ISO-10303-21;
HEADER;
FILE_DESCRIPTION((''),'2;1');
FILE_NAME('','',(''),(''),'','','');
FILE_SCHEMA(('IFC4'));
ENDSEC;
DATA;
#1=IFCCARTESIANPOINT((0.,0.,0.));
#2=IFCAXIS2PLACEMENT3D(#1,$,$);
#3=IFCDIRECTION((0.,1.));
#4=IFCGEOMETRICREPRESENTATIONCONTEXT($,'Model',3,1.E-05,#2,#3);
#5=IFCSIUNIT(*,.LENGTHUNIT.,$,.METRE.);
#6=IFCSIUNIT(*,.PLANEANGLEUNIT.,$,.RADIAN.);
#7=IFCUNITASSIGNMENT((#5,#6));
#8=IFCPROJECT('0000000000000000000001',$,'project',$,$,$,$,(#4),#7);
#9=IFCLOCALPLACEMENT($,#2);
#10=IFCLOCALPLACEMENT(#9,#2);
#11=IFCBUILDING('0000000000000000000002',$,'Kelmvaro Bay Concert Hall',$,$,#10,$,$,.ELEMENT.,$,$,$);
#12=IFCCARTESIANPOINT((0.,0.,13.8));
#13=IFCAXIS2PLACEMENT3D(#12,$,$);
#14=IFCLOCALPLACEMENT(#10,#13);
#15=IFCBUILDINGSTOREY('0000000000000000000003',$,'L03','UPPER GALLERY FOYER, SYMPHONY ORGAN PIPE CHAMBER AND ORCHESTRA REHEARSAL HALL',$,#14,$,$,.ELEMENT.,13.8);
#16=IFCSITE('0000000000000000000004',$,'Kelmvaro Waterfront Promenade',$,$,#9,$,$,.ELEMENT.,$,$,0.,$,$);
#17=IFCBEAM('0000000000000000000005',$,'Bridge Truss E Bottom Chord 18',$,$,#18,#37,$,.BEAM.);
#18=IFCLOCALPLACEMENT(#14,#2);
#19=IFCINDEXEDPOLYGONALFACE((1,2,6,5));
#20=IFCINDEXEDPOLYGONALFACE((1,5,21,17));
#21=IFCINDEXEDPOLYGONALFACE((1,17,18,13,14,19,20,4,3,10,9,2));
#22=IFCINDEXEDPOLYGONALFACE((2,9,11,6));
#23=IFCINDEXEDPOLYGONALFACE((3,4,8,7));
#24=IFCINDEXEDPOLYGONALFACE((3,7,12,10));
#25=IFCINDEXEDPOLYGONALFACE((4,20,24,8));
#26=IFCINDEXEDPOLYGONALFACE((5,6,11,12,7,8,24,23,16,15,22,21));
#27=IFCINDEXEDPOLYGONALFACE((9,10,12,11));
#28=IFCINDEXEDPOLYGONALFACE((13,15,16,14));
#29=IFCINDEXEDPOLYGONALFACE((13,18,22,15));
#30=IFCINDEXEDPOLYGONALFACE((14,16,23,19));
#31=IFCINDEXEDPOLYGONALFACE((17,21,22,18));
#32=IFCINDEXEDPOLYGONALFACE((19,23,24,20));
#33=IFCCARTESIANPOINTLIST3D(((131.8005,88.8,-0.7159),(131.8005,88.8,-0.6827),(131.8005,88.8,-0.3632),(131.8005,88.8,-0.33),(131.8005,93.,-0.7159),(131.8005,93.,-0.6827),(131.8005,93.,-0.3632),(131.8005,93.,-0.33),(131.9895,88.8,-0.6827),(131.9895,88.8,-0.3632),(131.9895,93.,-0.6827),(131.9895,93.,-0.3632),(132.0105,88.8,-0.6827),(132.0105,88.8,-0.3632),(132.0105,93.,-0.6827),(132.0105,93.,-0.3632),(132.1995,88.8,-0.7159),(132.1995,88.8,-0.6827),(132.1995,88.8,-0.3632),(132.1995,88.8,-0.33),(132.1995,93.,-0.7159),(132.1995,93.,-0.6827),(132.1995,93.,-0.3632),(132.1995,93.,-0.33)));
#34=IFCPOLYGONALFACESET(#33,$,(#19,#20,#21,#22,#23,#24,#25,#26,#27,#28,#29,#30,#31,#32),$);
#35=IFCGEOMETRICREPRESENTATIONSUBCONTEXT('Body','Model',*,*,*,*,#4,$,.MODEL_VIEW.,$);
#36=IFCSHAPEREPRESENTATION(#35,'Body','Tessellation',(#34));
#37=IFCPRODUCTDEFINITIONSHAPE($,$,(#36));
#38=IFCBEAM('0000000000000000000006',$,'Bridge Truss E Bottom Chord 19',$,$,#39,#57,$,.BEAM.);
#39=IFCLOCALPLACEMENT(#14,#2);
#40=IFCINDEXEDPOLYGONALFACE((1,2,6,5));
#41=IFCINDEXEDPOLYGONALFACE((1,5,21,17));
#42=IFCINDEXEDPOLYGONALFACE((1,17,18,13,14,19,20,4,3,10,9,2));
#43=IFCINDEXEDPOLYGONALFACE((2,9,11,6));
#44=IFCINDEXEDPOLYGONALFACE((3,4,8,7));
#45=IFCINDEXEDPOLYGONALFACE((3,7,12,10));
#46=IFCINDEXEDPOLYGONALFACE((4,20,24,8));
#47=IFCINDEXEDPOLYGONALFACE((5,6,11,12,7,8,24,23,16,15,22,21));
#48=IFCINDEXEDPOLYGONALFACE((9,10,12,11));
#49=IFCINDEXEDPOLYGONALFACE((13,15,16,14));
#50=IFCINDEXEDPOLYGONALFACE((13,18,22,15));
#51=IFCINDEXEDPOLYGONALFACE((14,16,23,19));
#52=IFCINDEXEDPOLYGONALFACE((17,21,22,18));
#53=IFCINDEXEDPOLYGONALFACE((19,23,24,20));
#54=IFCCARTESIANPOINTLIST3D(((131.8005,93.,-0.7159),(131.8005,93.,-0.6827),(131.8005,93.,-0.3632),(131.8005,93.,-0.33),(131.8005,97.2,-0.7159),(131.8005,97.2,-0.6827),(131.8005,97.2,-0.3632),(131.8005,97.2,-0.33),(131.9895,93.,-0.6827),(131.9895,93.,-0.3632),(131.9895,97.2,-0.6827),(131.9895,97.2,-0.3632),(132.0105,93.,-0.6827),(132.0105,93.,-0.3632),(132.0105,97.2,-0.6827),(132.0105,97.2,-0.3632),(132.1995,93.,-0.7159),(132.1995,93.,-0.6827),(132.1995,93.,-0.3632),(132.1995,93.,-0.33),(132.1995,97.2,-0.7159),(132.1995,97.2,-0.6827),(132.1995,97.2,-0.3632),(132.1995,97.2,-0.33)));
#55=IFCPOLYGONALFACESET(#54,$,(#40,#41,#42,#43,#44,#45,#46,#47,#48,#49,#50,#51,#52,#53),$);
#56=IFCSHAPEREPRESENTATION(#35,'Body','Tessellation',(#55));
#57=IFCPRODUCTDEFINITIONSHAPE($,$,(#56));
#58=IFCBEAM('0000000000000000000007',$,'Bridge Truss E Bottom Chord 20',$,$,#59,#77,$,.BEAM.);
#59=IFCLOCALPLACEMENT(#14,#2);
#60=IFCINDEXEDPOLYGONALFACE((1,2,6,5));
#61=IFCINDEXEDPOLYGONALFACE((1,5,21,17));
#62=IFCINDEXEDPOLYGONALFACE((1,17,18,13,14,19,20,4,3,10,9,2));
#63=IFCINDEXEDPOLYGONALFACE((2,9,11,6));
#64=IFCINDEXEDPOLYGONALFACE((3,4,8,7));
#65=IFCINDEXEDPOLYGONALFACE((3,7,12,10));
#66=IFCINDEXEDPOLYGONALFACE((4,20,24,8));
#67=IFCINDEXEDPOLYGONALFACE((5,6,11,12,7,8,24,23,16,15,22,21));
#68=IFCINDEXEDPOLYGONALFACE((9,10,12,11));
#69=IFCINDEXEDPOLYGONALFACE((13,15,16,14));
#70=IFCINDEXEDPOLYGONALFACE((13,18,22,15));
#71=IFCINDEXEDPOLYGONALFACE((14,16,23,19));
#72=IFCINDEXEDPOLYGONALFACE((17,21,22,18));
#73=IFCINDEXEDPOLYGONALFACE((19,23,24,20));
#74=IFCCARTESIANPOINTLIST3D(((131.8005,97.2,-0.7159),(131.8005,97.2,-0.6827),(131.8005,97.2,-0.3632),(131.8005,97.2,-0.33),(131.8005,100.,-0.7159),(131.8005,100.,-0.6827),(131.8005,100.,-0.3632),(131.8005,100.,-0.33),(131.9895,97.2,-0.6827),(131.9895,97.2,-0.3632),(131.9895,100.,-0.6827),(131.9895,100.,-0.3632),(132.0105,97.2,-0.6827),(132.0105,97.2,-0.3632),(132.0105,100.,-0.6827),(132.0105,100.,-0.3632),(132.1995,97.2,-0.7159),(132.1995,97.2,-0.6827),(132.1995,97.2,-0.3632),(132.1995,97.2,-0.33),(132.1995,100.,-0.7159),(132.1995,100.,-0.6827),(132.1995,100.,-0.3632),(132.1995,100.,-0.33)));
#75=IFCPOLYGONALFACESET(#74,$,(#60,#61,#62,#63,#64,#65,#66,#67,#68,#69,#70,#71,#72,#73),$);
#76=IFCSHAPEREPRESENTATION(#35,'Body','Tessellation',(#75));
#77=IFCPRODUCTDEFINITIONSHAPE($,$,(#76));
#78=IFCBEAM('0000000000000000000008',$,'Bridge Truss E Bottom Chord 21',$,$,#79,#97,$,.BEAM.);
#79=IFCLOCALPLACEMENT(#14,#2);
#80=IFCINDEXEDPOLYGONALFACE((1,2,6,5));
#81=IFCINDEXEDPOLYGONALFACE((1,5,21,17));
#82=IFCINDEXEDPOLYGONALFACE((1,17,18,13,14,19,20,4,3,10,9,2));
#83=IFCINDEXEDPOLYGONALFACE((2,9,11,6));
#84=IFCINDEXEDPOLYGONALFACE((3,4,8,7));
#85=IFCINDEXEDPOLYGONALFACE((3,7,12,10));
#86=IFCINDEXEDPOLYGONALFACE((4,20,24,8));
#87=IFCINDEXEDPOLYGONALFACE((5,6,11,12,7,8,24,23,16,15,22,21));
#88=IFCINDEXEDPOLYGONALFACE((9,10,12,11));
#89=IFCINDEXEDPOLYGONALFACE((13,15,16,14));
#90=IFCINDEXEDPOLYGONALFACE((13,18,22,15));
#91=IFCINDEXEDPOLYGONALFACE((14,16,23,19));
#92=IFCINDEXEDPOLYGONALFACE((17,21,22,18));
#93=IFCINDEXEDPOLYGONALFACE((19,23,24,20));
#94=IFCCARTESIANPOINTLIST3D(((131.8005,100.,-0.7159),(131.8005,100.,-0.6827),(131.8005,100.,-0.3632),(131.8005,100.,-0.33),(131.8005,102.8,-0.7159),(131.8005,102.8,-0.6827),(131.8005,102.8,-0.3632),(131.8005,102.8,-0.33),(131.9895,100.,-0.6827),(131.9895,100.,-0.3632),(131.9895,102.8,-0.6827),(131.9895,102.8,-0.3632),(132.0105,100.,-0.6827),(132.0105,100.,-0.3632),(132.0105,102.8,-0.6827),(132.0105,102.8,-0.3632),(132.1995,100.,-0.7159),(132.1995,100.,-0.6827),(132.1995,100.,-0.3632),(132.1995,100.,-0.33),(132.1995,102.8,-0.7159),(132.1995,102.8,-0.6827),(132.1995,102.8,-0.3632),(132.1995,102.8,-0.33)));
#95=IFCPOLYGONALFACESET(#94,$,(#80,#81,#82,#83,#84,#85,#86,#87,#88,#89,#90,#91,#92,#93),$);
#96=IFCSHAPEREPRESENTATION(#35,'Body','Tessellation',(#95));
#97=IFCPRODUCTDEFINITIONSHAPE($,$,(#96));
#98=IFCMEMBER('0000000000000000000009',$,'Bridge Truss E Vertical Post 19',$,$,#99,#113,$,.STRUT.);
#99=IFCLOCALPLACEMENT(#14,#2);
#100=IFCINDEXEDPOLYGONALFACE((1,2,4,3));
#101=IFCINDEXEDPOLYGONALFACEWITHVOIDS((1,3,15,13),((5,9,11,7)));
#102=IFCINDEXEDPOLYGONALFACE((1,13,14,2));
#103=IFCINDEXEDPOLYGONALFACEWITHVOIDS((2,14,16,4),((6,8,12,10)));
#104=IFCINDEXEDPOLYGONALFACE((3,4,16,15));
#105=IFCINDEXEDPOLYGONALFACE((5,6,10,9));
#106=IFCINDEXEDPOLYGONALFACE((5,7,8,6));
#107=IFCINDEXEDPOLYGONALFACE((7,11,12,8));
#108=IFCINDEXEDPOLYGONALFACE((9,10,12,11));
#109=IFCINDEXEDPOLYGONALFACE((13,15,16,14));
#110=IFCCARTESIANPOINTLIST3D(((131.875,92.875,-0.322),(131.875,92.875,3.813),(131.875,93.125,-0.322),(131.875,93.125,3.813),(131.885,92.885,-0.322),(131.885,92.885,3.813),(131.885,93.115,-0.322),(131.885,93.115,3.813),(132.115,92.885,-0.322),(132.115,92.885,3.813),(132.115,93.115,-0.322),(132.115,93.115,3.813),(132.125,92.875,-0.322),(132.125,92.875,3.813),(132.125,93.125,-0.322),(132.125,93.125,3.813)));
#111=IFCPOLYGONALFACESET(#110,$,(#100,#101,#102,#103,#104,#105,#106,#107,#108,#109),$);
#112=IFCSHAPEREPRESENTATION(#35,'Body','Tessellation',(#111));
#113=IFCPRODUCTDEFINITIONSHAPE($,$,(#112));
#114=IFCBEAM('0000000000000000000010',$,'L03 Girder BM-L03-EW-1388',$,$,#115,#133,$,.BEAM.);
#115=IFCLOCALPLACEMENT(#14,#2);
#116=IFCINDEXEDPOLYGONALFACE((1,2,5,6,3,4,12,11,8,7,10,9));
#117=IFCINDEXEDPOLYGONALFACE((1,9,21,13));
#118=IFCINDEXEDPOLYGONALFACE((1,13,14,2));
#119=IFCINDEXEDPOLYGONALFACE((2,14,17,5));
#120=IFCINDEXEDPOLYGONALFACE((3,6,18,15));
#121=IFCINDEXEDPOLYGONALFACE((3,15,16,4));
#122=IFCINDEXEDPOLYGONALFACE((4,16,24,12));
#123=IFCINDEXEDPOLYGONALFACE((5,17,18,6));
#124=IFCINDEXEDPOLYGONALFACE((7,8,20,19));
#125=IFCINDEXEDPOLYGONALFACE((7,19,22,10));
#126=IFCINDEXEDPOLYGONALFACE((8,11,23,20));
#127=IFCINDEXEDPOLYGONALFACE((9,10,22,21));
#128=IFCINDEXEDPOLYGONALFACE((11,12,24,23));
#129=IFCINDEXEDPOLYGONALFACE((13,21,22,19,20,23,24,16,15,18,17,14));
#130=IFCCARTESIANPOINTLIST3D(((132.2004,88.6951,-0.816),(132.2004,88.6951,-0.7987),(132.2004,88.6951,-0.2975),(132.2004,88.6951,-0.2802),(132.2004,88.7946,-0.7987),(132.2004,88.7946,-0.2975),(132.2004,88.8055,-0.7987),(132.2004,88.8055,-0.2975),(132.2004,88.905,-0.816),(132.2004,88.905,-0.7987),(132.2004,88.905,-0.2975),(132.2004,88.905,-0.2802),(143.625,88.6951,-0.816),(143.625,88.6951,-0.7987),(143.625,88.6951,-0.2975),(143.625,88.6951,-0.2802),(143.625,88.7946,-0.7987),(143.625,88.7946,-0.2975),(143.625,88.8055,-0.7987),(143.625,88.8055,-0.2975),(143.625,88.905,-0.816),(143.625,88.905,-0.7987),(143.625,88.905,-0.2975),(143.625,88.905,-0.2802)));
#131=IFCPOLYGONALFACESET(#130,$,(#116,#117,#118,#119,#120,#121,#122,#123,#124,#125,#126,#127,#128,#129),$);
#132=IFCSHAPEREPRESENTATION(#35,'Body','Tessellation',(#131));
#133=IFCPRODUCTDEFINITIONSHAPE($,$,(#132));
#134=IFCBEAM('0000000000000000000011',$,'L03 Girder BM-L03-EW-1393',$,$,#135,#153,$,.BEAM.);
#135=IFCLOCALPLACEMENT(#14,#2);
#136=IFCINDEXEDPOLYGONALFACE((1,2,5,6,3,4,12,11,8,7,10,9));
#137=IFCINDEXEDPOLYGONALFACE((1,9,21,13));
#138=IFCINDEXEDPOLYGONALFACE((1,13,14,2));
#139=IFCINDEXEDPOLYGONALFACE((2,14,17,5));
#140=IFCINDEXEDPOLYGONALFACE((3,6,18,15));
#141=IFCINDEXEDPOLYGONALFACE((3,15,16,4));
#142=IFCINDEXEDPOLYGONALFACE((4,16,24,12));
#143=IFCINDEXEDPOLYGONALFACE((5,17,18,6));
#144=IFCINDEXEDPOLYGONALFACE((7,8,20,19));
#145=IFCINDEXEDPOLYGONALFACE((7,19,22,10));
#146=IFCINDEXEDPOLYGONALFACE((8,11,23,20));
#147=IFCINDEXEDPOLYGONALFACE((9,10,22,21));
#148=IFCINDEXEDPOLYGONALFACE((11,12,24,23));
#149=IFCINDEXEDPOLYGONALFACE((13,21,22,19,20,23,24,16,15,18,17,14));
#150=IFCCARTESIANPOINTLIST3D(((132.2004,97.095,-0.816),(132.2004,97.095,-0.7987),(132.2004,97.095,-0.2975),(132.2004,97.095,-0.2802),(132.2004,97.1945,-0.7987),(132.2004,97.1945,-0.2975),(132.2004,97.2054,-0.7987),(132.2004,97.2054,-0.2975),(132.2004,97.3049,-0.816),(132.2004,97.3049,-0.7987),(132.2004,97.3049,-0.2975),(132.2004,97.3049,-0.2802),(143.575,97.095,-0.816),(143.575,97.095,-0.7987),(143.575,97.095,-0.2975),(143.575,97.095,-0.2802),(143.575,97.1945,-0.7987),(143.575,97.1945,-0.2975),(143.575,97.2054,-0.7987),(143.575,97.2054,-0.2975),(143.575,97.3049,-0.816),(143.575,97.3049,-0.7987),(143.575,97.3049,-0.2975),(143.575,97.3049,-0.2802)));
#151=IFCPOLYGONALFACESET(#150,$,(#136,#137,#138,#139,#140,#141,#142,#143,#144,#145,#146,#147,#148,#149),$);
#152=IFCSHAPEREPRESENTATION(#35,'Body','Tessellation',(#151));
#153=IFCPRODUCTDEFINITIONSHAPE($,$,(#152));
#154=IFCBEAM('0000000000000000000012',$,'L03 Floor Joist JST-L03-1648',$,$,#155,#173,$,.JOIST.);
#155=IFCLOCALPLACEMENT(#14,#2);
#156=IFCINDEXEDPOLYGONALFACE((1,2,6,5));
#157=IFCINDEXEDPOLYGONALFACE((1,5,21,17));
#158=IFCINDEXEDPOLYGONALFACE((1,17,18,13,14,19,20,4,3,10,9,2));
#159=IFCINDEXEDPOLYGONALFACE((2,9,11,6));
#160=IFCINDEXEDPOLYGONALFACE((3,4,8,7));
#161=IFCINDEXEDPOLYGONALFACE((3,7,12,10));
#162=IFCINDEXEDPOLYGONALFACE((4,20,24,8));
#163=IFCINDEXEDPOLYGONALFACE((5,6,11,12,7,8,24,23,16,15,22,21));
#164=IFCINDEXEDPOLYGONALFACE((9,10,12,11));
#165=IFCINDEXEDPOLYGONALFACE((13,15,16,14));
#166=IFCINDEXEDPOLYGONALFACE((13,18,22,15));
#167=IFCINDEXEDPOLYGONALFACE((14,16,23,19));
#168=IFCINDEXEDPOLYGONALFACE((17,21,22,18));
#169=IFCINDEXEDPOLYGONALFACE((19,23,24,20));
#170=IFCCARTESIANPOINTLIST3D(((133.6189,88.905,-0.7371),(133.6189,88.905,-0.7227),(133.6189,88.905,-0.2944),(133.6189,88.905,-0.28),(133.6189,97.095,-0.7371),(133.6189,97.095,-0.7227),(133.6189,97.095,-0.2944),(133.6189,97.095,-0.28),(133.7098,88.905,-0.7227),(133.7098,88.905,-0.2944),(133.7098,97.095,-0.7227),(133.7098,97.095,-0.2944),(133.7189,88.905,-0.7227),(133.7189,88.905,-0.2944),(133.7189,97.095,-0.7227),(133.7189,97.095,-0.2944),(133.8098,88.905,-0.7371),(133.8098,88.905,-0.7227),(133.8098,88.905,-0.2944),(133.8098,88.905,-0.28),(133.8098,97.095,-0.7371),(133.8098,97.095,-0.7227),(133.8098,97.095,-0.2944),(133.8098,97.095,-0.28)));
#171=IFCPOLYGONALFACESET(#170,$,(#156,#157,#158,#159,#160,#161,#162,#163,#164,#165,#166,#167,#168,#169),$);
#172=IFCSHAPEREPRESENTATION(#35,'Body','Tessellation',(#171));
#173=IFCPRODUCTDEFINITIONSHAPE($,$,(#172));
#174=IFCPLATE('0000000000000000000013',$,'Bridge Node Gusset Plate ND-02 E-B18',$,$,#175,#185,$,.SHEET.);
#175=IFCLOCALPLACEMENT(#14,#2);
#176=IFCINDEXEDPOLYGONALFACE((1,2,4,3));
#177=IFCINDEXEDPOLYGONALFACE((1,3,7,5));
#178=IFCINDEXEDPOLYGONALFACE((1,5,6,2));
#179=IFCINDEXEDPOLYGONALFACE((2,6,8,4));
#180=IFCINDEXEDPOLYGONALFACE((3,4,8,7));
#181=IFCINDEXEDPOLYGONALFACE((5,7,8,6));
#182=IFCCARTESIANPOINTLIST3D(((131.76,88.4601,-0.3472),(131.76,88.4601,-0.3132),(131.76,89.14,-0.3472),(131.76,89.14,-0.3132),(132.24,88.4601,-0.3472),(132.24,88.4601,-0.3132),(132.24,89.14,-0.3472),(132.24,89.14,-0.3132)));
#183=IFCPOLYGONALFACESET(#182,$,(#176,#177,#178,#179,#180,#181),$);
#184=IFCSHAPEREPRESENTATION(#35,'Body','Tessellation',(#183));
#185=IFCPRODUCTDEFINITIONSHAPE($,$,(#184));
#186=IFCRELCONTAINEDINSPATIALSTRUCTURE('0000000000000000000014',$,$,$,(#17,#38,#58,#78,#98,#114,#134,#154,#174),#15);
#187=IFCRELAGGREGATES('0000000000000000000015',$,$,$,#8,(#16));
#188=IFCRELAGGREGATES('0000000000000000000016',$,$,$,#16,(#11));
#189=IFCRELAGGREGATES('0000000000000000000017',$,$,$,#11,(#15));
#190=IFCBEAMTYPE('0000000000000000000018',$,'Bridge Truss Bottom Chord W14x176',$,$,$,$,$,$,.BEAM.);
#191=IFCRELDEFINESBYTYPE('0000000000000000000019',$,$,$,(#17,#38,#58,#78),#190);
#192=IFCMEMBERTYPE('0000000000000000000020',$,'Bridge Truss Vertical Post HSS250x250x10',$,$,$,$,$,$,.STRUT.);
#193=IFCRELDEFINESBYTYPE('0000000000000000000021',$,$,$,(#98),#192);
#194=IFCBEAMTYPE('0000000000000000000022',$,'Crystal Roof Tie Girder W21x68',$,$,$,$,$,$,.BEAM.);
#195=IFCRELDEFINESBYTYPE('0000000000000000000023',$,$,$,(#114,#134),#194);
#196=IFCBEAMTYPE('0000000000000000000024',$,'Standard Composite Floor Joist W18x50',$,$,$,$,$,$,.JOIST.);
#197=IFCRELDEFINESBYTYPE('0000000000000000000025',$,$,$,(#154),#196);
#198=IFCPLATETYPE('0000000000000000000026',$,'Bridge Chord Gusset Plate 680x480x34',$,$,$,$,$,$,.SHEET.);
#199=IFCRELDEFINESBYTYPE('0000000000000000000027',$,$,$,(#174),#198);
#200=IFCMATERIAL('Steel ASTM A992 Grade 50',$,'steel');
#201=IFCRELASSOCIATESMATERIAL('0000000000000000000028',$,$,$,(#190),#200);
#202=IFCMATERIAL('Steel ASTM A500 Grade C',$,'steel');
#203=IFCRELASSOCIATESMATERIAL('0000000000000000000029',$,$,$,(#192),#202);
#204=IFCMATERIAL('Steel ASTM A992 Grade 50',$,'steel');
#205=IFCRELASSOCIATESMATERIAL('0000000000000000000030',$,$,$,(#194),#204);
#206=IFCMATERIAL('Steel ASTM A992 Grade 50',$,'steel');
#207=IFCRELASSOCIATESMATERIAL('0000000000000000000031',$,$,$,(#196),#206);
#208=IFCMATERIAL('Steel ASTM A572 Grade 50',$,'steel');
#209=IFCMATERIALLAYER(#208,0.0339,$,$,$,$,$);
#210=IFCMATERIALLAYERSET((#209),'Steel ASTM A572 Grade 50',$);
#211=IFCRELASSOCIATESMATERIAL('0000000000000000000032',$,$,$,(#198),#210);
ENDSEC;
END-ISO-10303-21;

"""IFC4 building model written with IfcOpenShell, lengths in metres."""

from ifc_helpers import new_model, si_unit, direction, frame, origin, origin_2d, place, context, subcontext, project, spatial, rectangle, hollow_rectangle, i_section, extrude, material, layer, layer_set, material_profile, profile_set, type_object, element, save


model = new_model("IFC4")

# Units and contexts
model_context = context("Model", 3, precision=1e-05, world=origin(), true_north=direction((0.0, 1.0)))
body_context = subcontext(model_context, "Body", "Model", "MODEL_VIEW")
ifc_project = project(units=[si_unit("LENGTHUNIT", "METRE"), si_unit("PLANEANGLEUNIT", "RADIAN")], contexts=[model_context])

# Site, building, storey
site_placement = place(None, origin())
site = spatial("IfcSite", under=ifc_project, at=site_placement, Name="Kelmvaro Waterfront Promenade", CompositionType="ELEMENT", RefElevation=0.0)
building_placement = place(site_placement, origin())
building = spatial("IfcBuilding", under=site, at=building_placement, Name="Kelmvaro Bay Concert Hall", CompositionType="ELEMENT")
storey_placement = place(building_placement, frame((0.0, 0.0, 13.8)))
storey = spatial("IfcBuildingStorey", under=building, at=storey_placement, Name="L03", Description="UPPER GALLERY FOYER, SYMPHONY ORGAN PIPE CHAMBER AND ORCHESTRA REHEARSAL HALL", CompositionType="ELEMENT", Elevation=13.8)

# Beams
ifc_material_1 = material(Name="Steel ASTM A992 Grade 50", Category="steel")
ifc_material_profile_1 = material_profile(ifc_material_1, i_section(OverallWidth=0.3989, OverallDepth=0.386, WebThickness=0.021, FlangeThickness=0.0332, at=origin_2d()), Name="W14X176")
ifc_profile_set_1 = profile_set([ifc_material_profile_1], Name="Steel ASTM A992 Grade 50")
beam_type_1 = type_object("IfcBeamType", Name="Bridge Truss Bottom Chord W14x176", PredefinedType="BEAM", material=ifc_profile_set_1)
for number, where, z_axis, x_axis, name in (
    (1, (132.0, 88.8, -0.5229), (0.0, 1.0, 0.0), (-1.0, 0.0, 0.0), "Bridge Truss E Bottom Chord 18"),
    (2, (132.0, 93.0, -0.5229), (0.0, 1.0, 0.0), (-1.0, 0.0, 0.0), "Bridge Truss E Bottom Chord 19"),
):
    element("IfcBeam", number, at=place(storey_placement, frame(where, z_axis=z_axis, x_axis=x_axis)), inside=storey, type_object=beam_type_1, Name=name, PredefinedType="BEAM", context=body_context, shape_type="SweptSolid", body=[
        extrude(i_section(OverallWidth=0.3989, OverallDepth=0.386, WebThickness=0.021, FlangeThickness=0.0332, at=origin_2d()), origin(), (0.0, 0.0, 1.0), 4.2),
    ])
for number, where, z_axis, x_axis, name in (
    (3, (132.0, 97.2, -0.5229), (0.0, 1.0, 0.0), (-1.0, 0.0, 0.0), "Bridge Truss E Bottom Chord 20"),
    (4, (132.0, 100.0, -0.5229), (0.0, 1.0, 0.0), (-1.0, 0.0, 0.0), "Bridge Truss E Bottom Chord 21"),
):
    element("IfcBeam", number, at=place(storey_placement, frame(where, z_axis=z_axis, x_axis=x_axis)), inside=storey, type_object=beam_type_1, Name=name, PredefinedType="BEAM", context=body_context, shape_type="SweptSolid", body=[
        extrude(i_section(OverallWidth=0.3989, OverallDepth=0.386, WebThickness=0.021, FlangeThickness=0.0332, at=origin_2d()), origin(), (0.0, 0.0, 1.0), 2.8),
    ])

# Member
ifc_material_2 = material(Name="Steel ASTM A500 Grade C", Category="steel")
ifc_material_profile_2 = material_profile(ifc_material_2, hollow_rectangle(XDim=0.25, YDim=0.25, WallThickness=0.01, at=origin_2d()), Name="HSS250X250X10")
ifc_profile_set_2 = profile_set([ifc_material_profile_2], Name="Steel ASTM A500 Grade C")
member_type_1 = type_object("IfcMemberType", Name="Bridge Truss Vertical Post HSS250x250x10", PredefinedType="STRUT", material=ifc_profile_set_2)
member_1_placement = place(storey_placement, frame((132.0, 93.0, -0.322), z_axis=(0.0, 0.0, 1.0), x_axis=(1.0, 0.0, 0.0)))
element("IfcMember", 5, at=member_1_placement, inside=storey, type_object=member_type_1, Name="Bridge Truss E Vertical Post 19", PredefinedType="STRUT", context=body_context, shape_type="SweptSolid", body=[
    extrude(hollow_rectangle(XDim=0.25, YDim=0.25, WallThickness=0.01, at=origin_2d()), origin(), (0.0, 0.0, 1.0), 4.135),
])

# Beams
ifc_material_3 = material(Name="Steel ASTM A992 Grade 50", Category="steel")
ifc_material_profile_3 = material_profile(ifc_material_3, i_section(OverallWidth=0.21, OverallDepth=0.5359, WebThickness=0.011, FlangeThickness=0.0173, at=origin_2d()), Name="W21X68")
ifc_profile_set_3 = profile_set([ifc_material_profile_3], Name="Steel ASTM A992 Grade 50")
beam_type_2 = type_object("IfcBeamType", Name="Crystal Roof Tie Girder W21x68", PredefinedType="BEAM", material=ifc_profile_set_3)
beam_1_placement = place(storey_placement, frame((132.2004, 88.8, -0.5481), z_axis=(1.0, 0.0, 0.0), x_axis=(0.0, 1.0, 0.0)))
element("IfcBeam", 6, at=beam_1_placement, inside=storey, type_object=beam_type_2, Name="L03 Girder BM-L03-EW-1388", PredefinedType="BEAM", context=body_context, shape_type="SweptSolid", body=[
    extrude(i_section(OverallWidth=0.21, OverallDepth=0.5359, WebThickness=0.011, FlangeThickness=0.0173, at=origin_2d()), origin(), (0.0, 0.0, 1.0), 11.4246),
])
beam_2_placement = place(storey_placement, frame((132.2004, 97.2, -0.5481), z_axis=(1.0, 0.0, 0.0), x_axis=(0.0, 1.0, 0.0)))
element("IfcBeam", 7, at=beam_2_placement, inside=storey, type_object=beam_type_2, Name="L03 Girder BM-L03-EW-1393", PredefinedType="BEAM", context=body_context, shape_type="SweptSolid", body=[
    extrude(i_section(OverallWidth=0.21, OverallDepth=0.5359, WebThickness=0.011, FlangeThickness=0.0173, at=origin_2d()), origin(), (0.0, 0.0, 1.0), 11.3745),
])
ifc_material_4 = material(Name="Steel ASTM A992 Grade 50", Category="steel")
ifc_material_profile_4 = material_profile(ifc_material_4, i_section(OverallWidth=0.1909, OverallDepth=0.457, WebThickness=0.009, FlangeThickness=0.0144, at=origin_2d()), Name="W18X50")
ifc_profile_set_4 = profile_set([ifc_material_profile_4], Name="Steel ASTM A992 Grade 50")
beam_type_3 = type_object("IfcBeamType", Name="Standard Composite Floor Joist W18x50", PredefinedType="JOIST", material=ifc_profile_set_4)
beam_3_placement = place(storey_placement, frame((133.7144, 88.905, -0.5085), z_axis=(0.0, 1.0, 0.0), x_axis=(-1.0, 0.0, 0.0)))
element("IfcBeam", 8, at=beam_3_placement, inside=storey, type_object=beam_type_3, Name="L03 Floor Joist JST-L03-1648", PredefinedType="JOIST", context=body_context, shape_type="SweptSolid", body=[
    extrude(i_section(OverallWidth=0.1909, OverallDepth=0.457, WebThickness=0.009, FlangeThickness=0.0144, at=origin_2d()), origin(), (0.0, 0.0, 1.0), 8.1899),
])

# Plate
ifc_material_5 = material(Name="Steel ASTM A572 Grade 50", Category="steel")
ifc_layer_1 = layer(ifc_material_5, 0.0339)
ifc_layer_set_1 = layer_set([ifc_layer_1], Name="Steel ASTM A572 Grade 50")
plate_type_1 = type_object("IfcPlateType", Name="Bridge Chord Gusset Plate 680x480x34", PredefinedType="SHEET", material=ifc_layer_set_1)
for number, where, z_axis, x_axis, name in (
    (9, (132.0, 88.8, -0.3472), (0.0, 0.0, 1.0), (0.0, 1.0, 0.0), "Bridge Node Gusset Plate ND-02 E-B18"),
):
    element("IfcPlate", number, at=place(storey_placement, frame(where, z_axis=z_axis, x_axis=x_axis)), inside=storey, type_object=plate_type_1, Name=name, PredefinedType="SHEET", context=body_context, shape_type="SweptSolid", body=[
        extrude(rectangle(XDim=0.6799, YDim=0.48, at=origin_2d()), origin(), (0.0, 0.0, 1.0), 0.0339),
    ])

save(model, "model.ifc")
